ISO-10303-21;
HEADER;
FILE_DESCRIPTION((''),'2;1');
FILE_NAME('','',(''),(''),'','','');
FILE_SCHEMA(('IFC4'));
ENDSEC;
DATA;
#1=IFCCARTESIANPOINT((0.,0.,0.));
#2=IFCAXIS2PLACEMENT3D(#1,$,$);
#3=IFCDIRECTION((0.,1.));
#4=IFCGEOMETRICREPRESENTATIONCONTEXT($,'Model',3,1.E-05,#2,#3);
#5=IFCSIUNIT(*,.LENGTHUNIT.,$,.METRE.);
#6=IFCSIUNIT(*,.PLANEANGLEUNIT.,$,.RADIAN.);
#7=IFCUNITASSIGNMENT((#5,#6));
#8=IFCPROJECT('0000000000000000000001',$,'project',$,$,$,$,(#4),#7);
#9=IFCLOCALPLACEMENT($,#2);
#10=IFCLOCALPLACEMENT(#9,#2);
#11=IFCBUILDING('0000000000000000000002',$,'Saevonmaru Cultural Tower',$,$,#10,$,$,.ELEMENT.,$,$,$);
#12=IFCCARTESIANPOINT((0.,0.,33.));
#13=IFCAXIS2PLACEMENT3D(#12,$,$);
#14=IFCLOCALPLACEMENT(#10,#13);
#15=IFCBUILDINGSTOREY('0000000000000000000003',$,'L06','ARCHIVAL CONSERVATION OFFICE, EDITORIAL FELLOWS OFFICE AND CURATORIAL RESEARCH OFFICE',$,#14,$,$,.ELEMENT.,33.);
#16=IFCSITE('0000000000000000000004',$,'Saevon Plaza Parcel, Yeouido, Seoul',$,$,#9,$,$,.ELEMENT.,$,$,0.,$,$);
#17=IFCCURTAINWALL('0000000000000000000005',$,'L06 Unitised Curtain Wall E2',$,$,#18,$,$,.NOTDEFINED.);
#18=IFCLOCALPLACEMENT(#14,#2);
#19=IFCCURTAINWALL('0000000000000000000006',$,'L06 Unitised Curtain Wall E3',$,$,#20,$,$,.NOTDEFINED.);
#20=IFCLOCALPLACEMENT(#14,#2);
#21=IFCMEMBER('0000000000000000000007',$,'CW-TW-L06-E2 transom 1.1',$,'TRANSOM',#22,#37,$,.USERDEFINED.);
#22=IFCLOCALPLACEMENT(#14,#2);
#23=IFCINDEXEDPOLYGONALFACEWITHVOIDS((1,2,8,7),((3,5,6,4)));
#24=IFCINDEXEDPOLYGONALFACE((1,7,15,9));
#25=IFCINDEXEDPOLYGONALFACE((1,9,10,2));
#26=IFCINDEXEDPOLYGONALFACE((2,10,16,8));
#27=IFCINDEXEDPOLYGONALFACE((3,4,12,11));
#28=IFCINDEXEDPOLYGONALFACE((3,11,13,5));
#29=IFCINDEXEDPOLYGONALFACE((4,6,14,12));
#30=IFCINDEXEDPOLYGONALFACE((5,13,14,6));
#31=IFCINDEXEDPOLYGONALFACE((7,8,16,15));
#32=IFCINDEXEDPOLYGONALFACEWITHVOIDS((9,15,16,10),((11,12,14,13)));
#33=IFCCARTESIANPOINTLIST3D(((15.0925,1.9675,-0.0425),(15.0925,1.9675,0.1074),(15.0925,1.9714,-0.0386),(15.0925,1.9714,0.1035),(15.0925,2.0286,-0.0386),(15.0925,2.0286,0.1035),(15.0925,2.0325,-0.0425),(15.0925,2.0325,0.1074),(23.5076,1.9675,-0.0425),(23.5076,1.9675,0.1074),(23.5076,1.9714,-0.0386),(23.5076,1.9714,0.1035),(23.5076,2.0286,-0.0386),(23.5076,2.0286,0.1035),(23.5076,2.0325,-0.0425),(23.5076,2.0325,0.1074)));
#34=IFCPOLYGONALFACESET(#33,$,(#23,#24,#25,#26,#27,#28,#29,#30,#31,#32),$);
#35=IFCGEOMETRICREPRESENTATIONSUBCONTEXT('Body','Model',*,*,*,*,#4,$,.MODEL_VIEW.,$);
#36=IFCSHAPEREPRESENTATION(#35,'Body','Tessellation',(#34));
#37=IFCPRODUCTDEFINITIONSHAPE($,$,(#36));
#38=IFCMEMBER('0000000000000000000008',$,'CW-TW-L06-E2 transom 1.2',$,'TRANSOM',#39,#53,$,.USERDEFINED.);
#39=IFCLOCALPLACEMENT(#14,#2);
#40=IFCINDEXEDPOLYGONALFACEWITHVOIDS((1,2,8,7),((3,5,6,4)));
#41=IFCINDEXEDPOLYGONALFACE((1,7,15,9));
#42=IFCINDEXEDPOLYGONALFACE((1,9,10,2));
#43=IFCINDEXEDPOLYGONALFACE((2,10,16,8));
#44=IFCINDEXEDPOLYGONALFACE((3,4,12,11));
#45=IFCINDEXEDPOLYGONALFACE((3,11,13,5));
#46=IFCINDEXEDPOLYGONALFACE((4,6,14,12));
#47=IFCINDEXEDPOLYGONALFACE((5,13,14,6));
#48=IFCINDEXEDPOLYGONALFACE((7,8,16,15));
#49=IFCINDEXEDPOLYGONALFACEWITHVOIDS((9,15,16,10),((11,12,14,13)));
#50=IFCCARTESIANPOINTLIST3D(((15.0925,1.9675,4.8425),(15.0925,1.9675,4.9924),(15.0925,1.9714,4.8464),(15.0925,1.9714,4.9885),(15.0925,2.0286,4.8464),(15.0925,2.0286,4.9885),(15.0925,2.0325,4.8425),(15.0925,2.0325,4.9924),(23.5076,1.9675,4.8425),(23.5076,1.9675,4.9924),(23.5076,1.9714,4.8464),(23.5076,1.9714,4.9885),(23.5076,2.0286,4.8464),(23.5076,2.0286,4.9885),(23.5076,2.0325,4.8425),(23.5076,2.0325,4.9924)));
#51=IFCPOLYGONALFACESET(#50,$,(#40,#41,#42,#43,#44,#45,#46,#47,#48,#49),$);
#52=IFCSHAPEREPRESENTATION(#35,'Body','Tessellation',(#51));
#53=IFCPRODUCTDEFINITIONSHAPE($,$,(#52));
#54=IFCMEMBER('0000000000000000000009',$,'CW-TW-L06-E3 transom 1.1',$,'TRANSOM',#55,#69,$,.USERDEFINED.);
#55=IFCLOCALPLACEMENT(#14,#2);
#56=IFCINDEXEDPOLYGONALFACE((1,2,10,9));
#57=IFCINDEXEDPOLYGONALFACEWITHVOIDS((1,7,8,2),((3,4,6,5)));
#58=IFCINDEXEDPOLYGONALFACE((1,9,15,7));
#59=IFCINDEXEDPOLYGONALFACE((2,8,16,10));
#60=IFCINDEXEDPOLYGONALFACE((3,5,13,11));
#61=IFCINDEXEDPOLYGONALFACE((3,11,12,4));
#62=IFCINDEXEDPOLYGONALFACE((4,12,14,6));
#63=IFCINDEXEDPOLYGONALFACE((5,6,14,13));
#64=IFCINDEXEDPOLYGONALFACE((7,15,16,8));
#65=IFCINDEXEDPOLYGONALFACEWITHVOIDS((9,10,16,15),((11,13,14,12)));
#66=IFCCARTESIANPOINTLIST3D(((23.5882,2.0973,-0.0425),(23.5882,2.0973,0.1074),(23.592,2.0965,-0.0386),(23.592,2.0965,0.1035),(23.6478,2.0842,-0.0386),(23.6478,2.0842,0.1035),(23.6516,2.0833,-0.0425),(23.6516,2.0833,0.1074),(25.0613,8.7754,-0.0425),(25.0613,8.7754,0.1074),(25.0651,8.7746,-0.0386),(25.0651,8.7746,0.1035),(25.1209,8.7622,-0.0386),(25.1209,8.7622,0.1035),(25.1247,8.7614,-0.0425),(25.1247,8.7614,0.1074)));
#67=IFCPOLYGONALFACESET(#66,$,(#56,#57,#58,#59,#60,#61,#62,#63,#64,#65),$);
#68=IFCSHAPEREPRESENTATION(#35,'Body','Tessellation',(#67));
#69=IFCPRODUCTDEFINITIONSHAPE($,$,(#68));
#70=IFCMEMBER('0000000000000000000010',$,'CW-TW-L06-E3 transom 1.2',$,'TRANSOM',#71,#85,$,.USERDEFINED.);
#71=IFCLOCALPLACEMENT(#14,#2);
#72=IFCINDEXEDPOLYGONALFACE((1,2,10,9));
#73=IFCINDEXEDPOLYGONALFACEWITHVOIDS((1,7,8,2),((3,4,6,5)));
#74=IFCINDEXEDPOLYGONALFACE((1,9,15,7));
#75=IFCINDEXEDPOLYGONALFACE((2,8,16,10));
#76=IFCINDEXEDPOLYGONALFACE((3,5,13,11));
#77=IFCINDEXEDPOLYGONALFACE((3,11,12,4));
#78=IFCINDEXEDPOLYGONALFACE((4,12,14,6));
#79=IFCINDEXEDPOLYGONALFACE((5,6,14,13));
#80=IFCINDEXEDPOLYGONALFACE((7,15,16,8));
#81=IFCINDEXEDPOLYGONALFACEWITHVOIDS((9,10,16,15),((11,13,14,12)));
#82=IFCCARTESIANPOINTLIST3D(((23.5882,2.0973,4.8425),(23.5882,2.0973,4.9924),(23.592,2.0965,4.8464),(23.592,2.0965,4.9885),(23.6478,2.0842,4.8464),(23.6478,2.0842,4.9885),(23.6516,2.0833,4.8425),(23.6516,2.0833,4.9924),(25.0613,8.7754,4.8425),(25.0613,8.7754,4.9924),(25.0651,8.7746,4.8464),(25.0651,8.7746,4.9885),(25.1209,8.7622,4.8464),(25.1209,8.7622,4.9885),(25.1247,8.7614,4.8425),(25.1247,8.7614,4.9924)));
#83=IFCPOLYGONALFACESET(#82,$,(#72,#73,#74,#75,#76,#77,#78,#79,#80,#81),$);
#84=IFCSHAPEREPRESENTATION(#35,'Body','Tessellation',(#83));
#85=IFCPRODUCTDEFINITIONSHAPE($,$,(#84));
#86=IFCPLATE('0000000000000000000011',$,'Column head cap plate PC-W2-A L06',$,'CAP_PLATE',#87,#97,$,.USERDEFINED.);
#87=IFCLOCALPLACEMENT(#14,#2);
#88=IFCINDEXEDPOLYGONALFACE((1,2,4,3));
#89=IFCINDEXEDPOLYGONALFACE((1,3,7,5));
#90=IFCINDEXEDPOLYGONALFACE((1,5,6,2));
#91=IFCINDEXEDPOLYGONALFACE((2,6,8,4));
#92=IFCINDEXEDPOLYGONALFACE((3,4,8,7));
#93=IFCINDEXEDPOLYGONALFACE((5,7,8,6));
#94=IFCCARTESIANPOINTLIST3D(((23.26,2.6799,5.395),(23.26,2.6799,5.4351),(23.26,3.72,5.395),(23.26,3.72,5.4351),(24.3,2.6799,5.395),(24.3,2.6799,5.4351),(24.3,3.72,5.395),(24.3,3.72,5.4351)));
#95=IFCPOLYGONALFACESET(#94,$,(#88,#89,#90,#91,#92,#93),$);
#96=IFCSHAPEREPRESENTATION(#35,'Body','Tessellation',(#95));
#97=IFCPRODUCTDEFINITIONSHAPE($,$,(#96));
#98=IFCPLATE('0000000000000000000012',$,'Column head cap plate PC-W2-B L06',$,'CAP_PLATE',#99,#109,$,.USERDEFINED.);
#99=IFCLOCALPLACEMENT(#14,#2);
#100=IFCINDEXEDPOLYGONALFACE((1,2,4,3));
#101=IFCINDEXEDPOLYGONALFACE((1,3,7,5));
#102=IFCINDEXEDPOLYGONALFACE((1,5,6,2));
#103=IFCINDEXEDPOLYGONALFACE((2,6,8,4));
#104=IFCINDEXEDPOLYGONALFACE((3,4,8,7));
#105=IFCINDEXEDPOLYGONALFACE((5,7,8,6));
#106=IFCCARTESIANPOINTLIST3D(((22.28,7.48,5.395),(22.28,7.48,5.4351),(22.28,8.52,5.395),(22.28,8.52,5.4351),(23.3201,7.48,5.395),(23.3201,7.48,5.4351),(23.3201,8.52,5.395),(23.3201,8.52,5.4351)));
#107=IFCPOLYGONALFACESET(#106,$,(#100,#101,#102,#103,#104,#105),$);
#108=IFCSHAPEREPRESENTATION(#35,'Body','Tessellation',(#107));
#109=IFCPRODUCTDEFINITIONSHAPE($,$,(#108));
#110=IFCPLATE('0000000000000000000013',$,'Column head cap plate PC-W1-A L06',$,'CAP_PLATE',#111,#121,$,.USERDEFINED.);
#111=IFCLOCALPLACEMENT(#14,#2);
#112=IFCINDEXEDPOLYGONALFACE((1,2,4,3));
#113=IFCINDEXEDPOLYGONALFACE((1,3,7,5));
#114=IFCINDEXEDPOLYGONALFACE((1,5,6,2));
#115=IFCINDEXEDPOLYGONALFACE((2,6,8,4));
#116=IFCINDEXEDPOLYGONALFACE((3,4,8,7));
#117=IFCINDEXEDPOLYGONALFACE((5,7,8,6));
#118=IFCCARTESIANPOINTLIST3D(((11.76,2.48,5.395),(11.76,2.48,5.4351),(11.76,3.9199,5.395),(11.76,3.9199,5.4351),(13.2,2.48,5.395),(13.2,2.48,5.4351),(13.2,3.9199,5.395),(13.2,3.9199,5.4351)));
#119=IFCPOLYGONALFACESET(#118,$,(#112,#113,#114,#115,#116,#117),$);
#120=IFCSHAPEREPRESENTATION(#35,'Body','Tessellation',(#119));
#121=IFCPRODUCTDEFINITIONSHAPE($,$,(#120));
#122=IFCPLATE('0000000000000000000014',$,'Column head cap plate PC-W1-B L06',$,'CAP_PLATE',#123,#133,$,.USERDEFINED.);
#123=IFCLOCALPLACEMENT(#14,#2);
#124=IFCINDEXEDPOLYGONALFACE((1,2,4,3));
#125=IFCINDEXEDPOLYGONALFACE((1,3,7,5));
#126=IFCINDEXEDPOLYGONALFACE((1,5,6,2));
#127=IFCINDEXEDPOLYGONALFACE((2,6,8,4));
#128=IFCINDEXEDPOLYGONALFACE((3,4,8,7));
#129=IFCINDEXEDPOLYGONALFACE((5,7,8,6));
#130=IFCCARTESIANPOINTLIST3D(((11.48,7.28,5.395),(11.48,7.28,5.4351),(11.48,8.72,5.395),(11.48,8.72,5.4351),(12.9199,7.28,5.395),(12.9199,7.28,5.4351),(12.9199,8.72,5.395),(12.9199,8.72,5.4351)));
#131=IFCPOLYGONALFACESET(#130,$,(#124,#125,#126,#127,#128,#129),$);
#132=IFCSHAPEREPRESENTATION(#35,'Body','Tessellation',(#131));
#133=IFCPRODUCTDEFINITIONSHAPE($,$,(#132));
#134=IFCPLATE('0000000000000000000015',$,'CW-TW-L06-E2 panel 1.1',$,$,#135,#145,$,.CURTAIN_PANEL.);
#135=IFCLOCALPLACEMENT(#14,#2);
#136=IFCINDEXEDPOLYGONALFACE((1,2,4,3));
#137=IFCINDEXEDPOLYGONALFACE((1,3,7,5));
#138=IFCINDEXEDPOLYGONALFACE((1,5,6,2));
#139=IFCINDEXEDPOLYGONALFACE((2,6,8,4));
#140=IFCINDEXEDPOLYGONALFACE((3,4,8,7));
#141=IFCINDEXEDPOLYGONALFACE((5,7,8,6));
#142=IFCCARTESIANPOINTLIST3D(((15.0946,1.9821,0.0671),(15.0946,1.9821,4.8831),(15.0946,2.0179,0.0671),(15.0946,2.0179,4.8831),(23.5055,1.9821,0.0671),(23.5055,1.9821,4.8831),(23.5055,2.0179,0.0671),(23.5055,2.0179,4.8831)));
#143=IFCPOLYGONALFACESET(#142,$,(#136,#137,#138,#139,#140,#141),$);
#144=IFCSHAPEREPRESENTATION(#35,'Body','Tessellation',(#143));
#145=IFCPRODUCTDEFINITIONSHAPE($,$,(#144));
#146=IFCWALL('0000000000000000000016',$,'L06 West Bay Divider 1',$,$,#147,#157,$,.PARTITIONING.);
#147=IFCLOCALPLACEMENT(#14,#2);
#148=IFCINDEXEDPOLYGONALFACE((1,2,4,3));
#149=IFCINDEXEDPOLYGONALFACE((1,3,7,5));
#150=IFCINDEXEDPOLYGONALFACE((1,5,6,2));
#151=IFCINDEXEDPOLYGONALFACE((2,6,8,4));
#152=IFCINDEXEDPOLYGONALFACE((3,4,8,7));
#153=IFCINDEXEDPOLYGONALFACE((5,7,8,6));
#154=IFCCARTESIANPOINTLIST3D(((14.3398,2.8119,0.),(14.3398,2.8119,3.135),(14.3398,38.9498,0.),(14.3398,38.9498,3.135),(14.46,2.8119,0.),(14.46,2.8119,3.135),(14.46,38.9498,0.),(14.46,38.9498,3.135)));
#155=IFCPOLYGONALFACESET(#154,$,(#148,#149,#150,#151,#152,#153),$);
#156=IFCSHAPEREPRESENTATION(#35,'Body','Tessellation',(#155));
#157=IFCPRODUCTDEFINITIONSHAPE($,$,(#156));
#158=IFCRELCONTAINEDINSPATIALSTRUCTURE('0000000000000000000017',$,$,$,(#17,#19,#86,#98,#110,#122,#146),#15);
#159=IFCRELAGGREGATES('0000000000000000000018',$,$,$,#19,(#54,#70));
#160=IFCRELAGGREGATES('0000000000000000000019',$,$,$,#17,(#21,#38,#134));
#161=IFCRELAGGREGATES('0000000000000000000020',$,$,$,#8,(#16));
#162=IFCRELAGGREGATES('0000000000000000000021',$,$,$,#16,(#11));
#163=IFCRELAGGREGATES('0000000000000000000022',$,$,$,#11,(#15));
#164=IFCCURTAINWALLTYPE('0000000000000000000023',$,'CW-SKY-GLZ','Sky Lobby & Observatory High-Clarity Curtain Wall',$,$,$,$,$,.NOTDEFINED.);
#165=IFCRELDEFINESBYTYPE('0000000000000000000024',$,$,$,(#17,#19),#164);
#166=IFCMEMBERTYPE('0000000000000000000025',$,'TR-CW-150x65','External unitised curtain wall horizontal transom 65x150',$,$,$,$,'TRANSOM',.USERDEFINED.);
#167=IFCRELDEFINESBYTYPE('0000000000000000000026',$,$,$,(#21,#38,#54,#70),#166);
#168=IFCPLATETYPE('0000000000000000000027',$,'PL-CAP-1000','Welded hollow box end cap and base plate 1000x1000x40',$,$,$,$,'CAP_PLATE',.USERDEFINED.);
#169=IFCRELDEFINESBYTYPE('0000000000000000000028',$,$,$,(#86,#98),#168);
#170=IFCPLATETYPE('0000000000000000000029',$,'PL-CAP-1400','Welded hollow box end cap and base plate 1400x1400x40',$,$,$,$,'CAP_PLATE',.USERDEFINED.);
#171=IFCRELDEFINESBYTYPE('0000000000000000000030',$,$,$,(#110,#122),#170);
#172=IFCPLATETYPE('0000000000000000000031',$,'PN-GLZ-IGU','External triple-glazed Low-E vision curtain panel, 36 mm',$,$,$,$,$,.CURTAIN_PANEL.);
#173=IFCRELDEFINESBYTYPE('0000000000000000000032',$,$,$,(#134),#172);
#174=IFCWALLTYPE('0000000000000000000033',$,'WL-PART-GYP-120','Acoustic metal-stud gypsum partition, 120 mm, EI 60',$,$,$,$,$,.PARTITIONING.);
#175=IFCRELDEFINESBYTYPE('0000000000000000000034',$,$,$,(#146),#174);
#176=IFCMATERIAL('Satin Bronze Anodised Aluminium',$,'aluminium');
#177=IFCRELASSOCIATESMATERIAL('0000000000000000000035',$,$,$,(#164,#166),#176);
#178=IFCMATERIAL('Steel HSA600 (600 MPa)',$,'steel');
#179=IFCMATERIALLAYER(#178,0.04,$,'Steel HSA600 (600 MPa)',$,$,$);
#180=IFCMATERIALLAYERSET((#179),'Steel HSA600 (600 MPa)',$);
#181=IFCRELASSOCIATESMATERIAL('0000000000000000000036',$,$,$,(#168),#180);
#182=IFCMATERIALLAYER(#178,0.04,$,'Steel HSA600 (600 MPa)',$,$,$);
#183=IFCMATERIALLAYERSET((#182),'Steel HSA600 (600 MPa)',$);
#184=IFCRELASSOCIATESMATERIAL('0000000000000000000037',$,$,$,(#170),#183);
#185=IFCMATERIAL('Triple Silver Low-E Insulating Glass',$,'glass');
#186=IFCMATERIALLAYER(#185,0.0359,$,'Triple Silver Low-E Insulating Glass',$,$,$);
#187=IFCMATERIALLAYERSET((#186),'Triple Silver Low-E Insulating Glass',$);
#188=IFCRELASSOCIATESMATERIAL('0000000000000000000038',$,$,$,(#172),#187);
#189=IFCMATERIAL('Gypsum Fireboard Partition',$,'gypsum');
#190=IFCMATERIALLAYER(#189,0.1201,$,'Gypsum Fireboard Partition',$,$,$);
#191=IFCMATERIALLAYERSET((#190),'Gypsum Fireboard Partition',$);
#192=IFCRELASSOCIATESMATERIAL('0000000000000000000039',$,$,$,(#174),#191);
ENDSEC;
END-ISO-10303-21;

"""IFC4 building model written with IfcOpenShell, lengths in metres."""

from ifc_helpers import new_model, si_unit, direction, frame, frame_2d, origin, origin_2d, place, context, subcontext, project, spatial, rectangle, hollow_rectangle, extrude, material, layer, layer_set, material_profile, profile_set, type_object, element, aggregate, save


model = new_model("IFC4")

# Units and contexts
model_context = context("Model", 3, precision=1e-05, world=origin(), true_north=direction((0.0, 1.0)))
body_context = subcontext(model_context, "Body", "Model", "MODEL_VIEW")
ifc_project = project(units=[si_unit("LENGTHUNIT", "METRE"), si_unit("PLANEANGLEUNIT", "RADIAN")], contexts=[model_context])

# Site, building, storey
site_placement = place(None, origin())
site = spatial("IfcSite", under=ifc_project, at=site_placement, Name="Saevon Plaza Parcel, Yeouido, Seoul", CompositionType="ELEMENT", RefElevation=0.0)
building_placement = place(site_placement, origin())
building = spatial("IfcBuilding", under=site, at=building_placement, Name="Saevonmaru Cultural Tower", CompositionType="ELEMENT")
storey_placement = place(building_placement, frame((0.0, 0.0, 33.0)))
storey = spatial("IfcBuildingStorey", under=building, at=storey_placement, Name="L06", Description="ARCHIVAL CONSERVATION OFFICE, EDITORIAL FELLOWS OFFICE AND CURATORIAL RESEARCH OFFICE", CompositionType="ELEMENT", Elevation=33.0)

# Shared definitions
ifc_material_1 = material(Name="Steel HSA600 (600 MPa)", Category="steel")

# Curtain wall
ifc_material_2 = material(Name="Satin Bronze Anodised Aluminium", Category="aluminium")
curtain_wall_type = type_object("IfcCurtainWallType", Name="CW-SKY-GLZ", Description="Sky Lobby & Observatory High-Clarity Curtain Wall", PredefinedType="NOTDEFINED", material=ifc_material_2)
curtain_wall_1_placement = place(storey_placement, origin())
curtain_wall_1 = element("IfcCurtainWall", 1, at=curtain_wall_1_placement, inside=storey, type_object=curtain_wall_type, Name="L06 Unitised Curtain Wall E2", PredefinedType="NOTDEFINED")

# Curtain wall
curtain_wall_2_placement = place(storey_placement, origin())
curtain_wall_2 = element("IfcCurtainWall", 2, at=curtain_wall_2_placement, inside=storey, type_object=curtain_wall_type, Name="L06 Unitised Curtain Wall E3", PredefinedType="NOTDEFINED")

# Members
ifc_material_profile_1 = material_profile(ifc_material_2, hollow_rectangle(XDim=0.0649, YDim=0.1499, WallThickness=0.0039, at=origin_2d()), Name="ALU-TRAN-150x65x4")
ifc_profile_set_1 = profile_set([ifc_material_profile_1], Name="Satin Bronze Anodised Aluminium")
member_type_1 = type_object("IfcMemberType", Name="TR-CW-150x65", Description="External unitised curtain wall horizontal transom 65x150", ElementType="TRANSOM", PredefinedType="USERDEFINED", material=ifc_profile_set_1)
member_1_placement = place(storey_placement, frame((15.0925, 2.0, 0.0325), z_axis=(1.0, 0.0, 0.0), x_axis=(0.0, 1.0, 0.0)))
member_1 = element("IfcMember", 3, at=member_1_placement, type_object=member_type_1, Name="CW-TW-L06-E2 transom 1.1", ObjectType="TRANSOM", PredefinedType="USERDEFINED", context=body_context, shape_type="SweptSolid", body=[
    extrude(hollow_rectangle(XDim=0.0649, YDim=0.1499, WallThickness=0.0039, at=origin_2d()), origin(), (0.0, 0.0, 1.0), 8.415),
])
member_2_placement = place(storey_placement, frame((15.0925, 2.0, 4.9175), z_axis=(1.0, 0.0, 0.0), x_axis=(0.0, 1.0, 0.0)))
member_2 = element("IfcMember", 4, at=member_2_placement, type_object=member_type_1, Name="CW-TW-L06-E2 transom 1.2", ObjectType="TRANSOM", PredefinedType="USERDEFINED", context=body_context, shape_type="SweptSolid", body=[
    extrude(hollow_rectangle(XDim=0.0649, YDim=0.1499, WallThickness=0.0039, at=origin_2d()), origin(), (0.0, 0.0, 1.0), 8.415),
])
member_3_placement = place(storey_placement, frame((23.6199, 2.0903, 0.0325), z_axis=(0.215418, 0.976522, 0.0), x_axis=(-0.976522, 0.215418, 0.0)))
member_3 = element("IfcMember", 5, at=member_3_placement, type_object=member_type_1, Name="CW-TW-L06-E3 transom 1.1", ObjectType="TRANSOM", PredefinedType="USERDEFINED", context=body_context, shape_type="SweptSolid", body=[
    extrude(hollow_rectangle(XDim=0.0649, YDim=0.1499, WallThickness=0.0039, at=origin_2d()), origin(), (0.0, 0.0, 1.0), 6.8386),
])
member_4_placement = place(storey_placement, frame((23.6199, 2.0903, 4.9175), z_axis=(0.215418, 0.976522, 0.0), x_axis=(-0.976522, 0.215418, 0.0)))
member_4 = element("IfcMember", 6, at=member_4_placement, type_object=member_type_1, Name="CW-TW-L06-E3 transom 1.2", ObjectType="TRANSOM", PredefinedType="USERDEFINED", context=body_context, shape_type="SweptSolid", body=[
    extrude(hollow_rectangle(XDim=0.0649, YDim=0.1499, WallThickness=0.0039, at=origin_2d()), origin(), (0.0, 0.0, 1.0), 6.8386),
])
aggregate(curtain_wall_2, [member_3, member_4])

# Plates
ifc_layer_1 = layer(ifc_material_1, 0.04, Name="Steel HSA600 (600 MPa)")
ifc_layer_set_1 = layer_set([ifc_layer_1], Name="Steel HSA600 (600 MPa)")
plate_type_1 = type_object("IfcPlateType", Name="PL-CAP-1000", Description="Welded hollow box end cap and base plate 1000x1000x40", ElementType="CAP_PLATE", PredefinedType="USERDEFINED", material=ifc_layer_set_1)
for number, where, z_axis, x_axis, name in (
    (7, (23.78, 3.2, 5.395), (0.0, 0.0, 1.0), (1.0, 0.0, 0.0), "Column head cap plate PC-W2-A L06"),
    (8, (22.8, 8.0, 5.395), (0.0, 0.0, 1.0), (1.0, 0.0, 0.0), "Column head cap plate PC-W2-B L06"),
):
    element("IfcPlate", number, at=place(storey_placement, frame(where, z_axis=z_axis, x_axis=x_axis)), inside=storey, type_object=plate_type_1, Name=name, ObjectType="CAP_PLATE", PredefinedType="USERDEFINED", context=body_context, shape_type="SweptSolid", body=[
        extrude(rectangle(XDim=1.04, YDim=1.04, at=origin_2d()), origin(), (0.0, 0.0, 1.0), 0.04),
    ])
ifc_layer_2 = layer(ifc_material_1, 0.04, Name="Steel HSA600 (600 MPa)")
ifc_layer_set_2 = layer_set([ifc_layer_2], Name="Steel HSA600 (600 MPa)")
plate_type_2 = type_object("IfcPlateType", Name="PL-CAP-1400", Description="Welded hollow box end cap and base plate 1400x1400x40", ElementType="CAP_PLATE", PredefinedType="USERDEFINED", material=ifc_layer_set_2)
for number, where, z_axis, x_axis, name in (
    (9, (12.48, 3.2, 5.395), (0.0, 0.0, 1.0), (1.0, 0.0, 0.0), "Column head cap plate PC-W1-A L06"),
    (10, (12.2, 8.0, 5.395), (0.0, 0.0, 1.0), (1.0, 0.0, 0.0), "Column head cap plate PC-W1-B L06"),
):
    element("IfcPlate", number, at=place(storey_placement, frame(where, z_axis=z_axis, x_axis=x_axis)), inside=storey, type_object=plate_type_2, Name=name, ObjectType="CAP_PLATE", PredefinedType="USERDEFINED", context=body_context, shape_type="SweptSolid", body=[
        extrude(rectangle(XDim=1.4399, YDim=1.4399, at=origin_2d()), origin(), (0.0, 0.0, 1.0), 0.04),
    ])

# Plate
ifc_material_3 = material(Name="Triple Silver Low-E Insulating Glass", Category="glass")
ifc_layer_3 = layer(ifc_material_3, 0.0359, Name="Triple Silver Low-E Insulating Glass")
ifc_layer_set_3 = layer_set([ifc_layer_3], Name="Triple Silver Low-E Insulating Glass")
plate_type_3 = type_object("IfcPlateType", Name="PN-GLZ-IGU", Description="External triple-glazed Low-E vision curtain panel, 36 mm", PredefinedType="CURTAIN_PANEL", material=ifc_layer_set_3)
plate_placement = place(storey_placement, frame((19.3, 2.0, 0.0671), z_axis=(0.0, 0.0, 1.0), x_axis=(1.0, 0.0, 0.0)))
plate = element("IfcPlate", 11, at=plate_placement, type_object=plate_type_3, Name="CW-TW-L06-E2 panel 1.1", PredefinedType="CURTAIN_PANEL", context=body_context, shape_type="SweptSolid", body=[
    extrude(rectangle(XDim=8.4109, YDim=0.0359, at=origin_2d()), origin(), (0.0, 0.0, 1.0), 4.8159),
])
aggregate(curtain_wall_1, [member_1, member_2, plate])

# Wall
ifc_material_4 = material(Name="Gypsum Fireboard Partition", Category="gypsum")
ifc_layer_4 = layer(ifc_material_4, 0.1201, Name="Gypsum Fireboard Partition")
ifc_layer_set_4 = layer_set([ifc_layer_4], Name="Gypsum Fireboard Partition")
wall_type = type_object("IfcWallType", Name="WL-PART-GYP-120", Description="Acoustic metal-stud gypsum partition, 120 mm, EI 60", PredefinedType="PARTITIONING", material=ifc_layer_set_4)
wall_placement = place(storey_placement, frame((14.3999, 2.812, 0.0), z_axis=(0.0, 0.0, 1.0), x_axis=(0.0, 1.0, 0.0)))
element("IfcWall", 12, at=wall_placement, inside=storey, type_object=wall_type, Name="L06 West Bay Divider 1", PredefinedType="PARTITIONING", context=body_context, shape_type="SweptSolid", body=[
    extrude(rectangle(XDim=36.1379, YDim=0.1201, at=frame_2d((18.0688, 0.0))), origin(), (0.0, 0.0, 1.0), 3.135),
])

save(model, "model.ifc")
